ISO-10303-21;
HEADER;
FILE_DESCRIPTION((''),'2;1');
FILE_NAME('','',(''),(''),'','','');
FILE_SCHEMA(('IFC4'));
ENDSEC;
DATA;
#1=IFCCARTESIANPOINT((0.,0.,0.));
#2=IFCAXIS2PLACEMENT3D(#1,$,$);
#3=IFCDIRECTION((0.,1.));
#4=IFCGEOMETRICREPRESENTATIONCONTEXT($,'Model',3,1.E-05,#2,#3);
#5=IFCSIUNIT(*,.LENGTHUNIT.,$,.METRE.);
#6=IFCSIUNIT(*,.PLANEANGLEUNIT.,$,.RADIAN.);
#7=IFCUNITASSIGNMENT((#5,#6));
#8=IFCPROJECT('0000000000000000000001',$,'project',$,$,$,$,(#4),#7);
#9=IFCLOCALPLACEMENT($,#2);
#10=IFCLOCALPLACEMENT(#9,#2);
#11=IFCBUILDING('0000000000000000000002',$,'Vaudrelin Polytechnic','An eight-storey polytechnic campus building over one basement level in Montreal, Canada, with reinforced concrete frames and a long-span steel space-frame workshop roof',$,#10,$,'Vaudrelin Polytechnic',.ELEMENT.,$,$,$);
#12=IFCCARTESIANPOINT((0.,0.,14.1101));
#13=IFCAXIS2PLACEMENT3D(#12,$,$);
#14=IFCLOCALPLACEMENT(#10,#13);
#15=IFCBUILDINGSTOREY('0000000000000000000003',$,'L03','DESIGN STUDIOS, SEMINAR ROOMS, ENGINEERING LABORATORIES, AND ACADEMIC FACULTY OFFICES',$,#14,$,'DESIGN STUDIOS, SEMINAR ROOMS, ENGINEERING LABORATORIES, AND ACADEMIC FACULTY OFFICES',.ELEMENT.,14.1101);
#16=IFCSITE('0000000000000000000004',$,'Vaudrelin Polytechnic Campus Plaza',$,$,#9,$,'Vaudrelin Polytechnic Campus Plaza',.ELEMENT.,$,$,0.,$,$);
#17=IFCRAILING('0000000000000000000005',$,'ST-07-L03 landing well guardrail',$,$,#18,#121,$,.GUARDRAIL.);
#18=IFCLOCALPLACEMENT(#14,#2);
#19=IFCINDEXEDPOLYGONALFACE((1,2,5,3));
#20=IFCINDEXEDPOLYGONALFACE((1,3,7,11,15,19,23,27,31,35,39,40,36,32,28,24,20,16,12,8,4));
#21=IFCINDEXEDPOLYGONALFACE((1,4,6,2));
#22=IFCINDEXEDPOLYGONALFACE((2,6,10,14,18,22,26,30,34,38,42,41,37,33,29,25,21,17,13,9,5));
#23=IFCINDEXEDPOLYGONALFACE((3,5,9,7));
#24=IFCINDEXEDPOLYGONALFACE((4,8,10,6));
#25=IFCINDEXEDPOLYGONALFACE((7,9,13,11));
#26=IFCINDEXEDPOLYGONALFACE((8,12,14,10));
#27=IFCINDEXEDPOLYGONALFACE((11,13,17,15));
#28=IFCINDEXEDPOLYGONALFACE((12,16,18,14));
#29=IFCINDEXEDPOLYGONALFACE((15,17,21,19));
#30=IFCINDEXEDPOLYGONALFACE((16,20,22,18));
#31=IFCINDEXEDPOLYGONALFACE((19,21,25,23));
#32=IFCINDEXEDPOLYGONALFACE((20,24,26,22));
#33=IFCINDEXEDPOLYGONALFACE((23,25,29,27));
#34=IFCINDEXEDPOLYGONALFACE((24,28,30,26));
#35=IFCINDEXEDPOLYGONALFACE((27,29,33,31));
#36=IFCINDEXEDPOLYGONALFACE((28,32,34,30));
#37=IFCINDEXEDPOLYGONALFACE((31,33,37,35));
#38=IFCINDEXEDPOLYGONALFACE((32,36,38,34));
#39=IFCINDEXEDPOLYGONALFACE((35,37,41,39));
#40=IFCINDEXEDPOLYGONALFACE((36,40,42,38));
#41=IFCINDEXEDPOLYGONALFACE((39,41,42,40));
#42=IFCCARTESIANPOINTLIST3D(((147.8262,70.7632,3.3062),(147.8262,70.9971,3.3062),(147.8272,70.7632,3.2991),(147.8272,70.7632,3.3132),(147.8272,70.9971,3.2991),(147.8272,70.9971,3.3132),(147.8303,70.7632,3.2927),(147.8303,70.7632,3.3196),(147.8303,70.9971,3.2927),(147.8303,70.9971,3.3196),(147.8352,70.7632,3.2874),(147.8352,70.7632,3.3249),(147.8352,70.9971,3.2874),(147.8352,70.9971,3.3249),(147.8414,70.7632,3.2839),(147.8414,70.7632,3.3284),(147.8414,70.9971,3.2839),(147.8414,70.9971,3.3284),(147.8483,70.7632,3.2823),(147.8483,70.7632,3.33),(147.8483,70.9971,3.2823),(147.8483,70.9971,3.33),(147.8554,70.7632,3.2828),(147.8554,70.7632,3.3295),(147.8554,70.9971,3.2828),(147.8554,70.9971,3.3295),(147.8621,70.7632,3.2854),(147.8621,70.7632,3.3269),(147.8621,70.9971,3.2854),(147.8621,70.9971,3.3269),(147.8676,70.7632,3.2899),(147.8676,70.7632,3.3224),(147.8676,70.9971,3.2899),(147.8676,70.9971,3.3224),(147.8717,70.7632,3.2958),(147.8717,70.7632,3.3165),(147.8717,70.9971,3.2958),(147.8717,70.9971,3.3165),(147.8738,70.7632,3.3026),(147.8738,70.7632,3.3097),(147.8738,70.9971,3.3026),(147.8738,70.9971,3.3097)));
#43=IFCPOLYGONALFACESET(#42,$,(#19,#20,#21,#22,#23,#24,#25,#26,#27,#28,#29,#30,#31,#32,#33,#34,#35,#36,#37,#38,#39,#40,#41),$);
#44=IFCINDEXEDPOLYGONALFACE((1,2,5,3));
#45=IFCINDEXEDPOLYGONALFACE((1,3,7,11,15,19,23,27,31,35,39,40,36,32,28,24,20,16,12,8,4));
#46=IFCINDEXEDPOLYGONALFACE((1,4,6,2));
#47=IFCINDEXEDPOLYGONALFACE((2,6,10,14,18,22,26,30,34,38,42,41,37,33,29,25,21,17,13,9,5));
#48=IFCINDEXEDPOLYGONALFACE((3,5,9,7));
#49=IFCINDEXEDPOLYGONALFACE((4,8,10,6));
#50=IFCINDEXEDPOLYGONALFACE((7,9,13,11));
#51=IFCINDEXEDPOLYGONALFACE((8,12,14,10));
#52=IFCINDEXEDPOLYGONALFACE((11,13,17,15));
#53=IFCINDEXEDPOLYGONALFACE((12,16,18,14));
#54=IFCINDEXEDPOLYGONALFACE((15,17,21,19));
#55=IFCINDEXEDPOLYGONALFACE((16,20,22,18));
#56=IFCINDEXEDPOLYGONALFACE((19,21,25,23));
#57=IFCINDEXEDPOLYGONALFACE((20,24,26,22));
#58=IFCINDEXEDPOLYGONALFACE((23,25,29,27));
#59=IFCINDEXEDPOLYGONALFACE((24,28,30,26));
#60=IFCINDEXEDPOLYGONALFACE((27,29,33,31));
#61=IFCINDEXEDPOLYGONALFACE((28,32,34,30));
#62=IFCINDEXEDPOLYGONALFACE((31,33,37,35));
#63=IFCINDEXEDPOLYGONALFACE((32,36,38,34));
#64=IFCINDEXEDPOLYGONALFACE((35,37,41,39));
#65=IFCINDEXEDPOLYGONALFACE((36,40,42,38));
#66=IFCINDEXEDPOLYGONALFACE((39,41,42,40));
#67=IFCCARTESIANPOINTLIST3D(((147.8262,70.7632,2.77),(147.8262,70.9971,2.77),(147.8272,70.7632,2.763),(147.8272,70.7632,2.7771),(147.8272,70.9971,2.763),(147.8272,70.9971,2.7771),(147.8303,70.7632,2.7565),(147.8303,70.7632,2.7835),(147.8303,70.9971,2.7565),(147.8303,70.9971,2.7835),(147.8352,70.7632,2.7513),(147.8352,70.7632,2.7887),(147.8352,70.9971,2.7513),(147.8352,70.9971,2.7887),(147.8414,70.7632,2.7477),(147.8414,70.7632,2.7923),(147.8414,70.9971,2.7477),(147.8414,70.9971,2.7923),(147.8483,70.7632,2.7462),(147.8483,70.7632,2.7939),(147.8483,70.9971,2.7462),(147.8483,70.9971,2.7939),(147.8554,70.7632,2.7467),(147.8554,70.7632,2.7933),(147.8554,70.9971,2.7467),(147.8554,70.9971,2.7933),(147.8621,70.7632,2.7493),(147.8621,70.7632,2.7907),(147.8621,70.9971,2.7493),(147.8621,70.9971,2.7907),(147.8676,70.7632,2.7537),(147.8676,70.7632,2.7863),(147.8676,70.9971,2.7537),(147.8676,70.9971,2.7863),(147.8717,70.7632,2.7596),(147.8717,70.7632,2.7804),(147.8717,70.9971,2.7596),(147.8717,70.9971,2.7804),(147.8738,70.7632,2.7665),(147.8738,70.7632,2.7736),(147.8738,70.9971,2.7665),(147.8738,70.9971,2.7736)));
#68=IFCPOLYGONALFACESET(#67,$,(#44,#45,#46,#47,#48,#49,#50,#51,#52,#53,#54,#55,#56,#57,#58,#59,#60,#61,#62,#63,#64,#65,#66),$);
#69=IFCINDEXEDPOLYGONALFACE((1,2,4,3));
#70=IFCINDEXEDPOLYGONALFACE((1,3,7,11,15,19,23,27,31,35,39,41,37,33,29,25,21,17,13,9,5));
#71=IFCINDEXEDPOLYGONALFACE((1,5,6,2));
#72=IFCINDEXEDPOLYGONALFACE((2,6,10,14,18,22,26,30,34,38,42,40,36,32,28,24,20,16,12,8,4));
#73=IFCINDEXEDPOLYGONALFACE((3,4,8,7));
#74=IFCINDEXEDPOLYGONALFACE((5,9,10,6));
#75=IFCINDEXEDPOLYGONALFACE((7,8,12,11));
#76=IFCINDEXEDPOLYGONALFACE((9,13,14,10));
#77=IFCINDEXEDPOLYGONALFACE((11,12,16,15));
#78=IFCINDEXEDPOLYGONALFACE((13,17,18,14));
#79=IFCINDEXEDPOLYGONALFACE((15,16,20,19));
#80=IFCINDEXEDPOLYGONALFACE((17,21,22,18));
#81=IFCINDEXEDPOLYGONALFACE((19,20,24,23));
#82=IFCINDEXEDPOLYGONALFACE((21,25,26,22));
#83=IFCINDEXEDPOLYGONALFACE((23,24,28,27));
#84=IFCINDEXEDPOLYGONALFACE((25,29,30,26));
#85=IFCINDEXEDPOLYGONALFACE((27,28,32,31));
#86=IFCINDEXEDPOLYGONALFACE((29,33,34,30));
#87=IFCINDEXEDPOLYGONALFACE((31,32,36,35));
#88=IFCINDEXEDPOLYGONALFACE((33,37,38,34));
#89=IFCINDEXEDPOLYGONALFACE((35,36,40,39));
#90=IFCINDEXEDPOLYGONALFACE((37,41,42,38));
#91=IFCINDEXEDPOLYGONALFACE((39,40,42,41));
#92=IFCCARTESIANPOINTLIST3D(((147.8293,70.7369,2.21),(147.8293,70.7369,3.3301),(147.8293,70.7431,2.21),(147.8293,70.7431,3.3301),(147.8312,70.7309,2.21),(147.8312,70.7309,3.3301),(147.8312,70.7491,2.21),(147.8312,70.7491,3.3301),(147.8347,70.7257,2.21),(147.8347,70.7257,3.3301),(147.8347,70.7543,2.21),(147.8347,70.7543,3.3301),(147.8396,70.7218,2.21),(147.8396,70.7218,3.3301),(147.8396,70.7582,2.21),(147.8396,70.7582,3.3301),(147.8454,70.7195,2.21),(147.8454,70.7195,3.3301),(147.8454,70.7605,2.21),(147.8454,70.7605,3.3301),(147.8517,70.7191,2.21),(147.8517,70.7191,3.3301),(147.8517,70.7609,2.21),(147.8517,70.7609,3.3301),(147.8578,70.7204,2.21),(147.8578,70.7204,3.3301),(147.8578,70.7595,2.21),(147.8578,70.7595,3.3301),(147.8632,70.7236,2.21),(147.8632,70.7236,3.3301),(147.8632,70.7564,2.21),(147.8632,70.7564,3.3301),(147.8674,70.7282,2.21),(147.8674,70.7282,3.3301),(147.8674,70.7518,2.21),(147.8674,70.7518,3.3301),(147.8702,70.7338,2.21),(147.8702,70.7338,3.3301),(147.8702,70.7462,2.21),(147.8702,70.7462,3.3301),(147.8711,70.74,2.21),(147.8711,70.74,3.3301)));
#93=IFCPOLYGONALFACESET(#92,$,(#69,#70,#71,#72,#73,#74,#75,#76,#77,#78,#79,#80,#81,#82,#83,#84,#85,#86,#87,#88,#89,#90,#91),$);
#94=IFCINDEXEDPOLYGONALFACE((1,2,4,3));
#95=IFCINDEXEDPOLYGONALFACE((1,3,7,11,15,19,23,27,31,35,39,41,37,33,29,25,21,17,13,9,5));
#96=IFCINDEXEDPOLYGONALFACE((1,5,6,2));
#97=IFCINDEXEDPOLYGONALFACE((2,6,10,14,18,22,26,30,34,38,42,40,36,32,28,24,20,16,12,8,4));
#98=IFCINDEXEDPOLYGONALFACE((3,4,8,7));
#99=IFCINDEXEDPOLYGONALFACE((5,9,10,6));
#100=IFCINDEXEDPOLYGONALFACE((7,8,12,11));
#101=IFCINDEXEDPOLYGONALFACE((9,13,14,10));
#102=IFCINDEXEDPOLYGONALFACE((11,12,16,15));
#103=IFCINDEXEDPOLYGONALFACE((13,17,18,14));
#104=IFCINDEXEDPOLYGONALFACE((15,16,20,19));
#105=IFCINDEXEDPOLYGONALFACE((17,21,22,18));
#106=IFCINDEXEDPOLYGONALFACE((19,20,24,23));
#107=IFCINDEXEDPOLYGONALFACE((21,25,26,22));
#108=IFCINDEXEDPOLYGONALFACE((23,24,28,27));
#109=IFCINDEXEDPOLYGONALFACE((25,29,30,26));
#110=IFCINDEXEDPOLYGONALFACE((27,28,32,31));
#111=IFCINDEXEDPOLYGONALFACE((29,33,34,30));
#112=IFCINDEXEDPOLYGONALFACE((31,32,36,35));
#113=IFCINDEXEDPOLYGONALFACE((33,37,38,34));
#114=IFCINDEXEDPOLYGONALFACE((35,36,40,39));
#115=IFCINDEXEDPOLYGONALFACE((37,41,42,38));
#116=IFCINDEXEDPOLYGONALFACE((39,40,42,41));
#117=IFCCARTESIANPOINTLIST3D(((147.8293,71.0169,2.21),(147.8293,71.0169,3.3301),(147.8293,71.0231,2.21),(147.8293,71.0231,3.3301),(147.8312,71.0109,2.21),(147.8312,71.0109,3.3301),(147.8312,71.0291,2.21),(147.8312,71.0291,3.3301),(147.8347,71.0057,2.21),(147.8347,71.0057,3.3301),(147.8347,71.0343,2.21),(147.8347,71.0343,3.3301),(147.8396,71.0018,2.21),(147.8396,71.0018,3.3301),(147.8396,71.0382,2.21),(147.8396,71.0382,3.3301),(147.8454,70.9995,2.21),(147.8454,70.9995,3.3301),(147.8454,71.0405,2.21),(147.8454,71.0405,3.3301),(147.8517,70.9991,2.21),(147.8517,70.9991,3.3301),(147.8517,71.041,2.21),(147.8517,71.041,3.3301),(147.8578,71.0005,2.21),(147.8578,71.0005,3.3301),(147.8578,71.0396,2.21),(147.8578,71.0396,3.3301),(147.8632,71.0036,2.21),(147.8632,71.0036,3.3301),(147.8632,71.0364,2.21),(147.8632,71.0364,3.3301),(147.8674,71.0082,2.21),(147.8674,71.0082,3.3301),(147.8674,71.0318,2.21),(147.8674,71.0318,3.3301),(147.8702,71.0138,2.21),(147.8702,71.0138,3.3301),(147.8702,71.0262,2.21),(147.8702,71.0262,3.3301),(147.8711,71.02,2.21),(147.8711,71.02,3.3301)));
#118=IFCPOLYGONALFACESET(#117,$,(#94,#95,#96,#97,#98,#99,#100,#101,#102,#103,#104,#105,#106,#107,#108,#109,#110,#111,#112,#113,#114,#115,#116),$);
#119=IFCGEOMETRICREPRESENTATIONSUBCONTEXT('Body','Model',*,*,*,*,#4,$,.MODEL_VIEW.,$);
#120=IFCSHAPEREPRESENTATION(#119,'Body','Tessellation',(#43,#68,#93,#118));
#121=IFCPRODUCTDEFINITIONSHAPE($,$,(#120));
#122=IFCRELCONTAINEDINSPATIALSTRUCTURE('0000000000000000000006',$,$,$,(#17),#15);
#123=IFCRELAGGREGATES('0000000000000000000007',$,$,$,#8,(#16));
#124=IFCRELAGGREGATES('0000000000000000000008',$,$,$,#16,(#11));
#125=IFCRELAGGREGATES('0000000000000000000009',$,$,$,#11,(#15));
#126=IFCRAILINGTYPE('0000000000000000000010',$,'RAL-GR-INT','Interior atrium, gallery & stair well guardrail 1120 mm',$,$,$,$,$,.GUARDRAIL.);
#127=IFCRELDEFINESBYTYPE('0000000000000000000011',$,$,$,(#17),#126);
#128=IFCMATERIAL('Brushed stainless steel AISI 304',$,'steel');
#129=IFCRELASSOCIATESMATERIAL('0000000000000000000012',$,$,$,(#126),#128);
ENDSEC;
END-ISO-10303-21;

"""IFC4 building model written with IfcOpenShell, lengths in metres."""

from ifc_helpers import new_model, si_unit, direction, frame, origin, origin_2d, place, context, subcontext, project, spatial, circle, extrude, material, type_object, element, save


model = new_model("IFC4")

# Units and contexts
model_context = context("Model", 3, precision=1e-05, world=origin(), true_north=direction((0.0, 1.0)))
body_context = subcontext(model_context, "Body", "Model", "MODEL_VIEW")
ifc_project = project(units=[si_unit("LENGTHUNIT", "METRE"), si_unit("PLANEANGLEUNIT", "RADIAN")], contexts=[model_context])

# Site, building, storey
site_placement = place(None, origin())
site = spatial("IfcSite", under=ifc_project, at=site_placement, Name="Vaudrelin Polytechnic Campus Plaza", LongName="Vaudrelin Polytechnic Campus Plaza", CompositionType="ELEMENT", RefElevation=0.0)
building_placement = place(site_placement, origin())
building = spatial("IfcBuilding", under=site, at=building_placement, Name="Vaudrelin Polytechnic", Description="An eight-storey polytechnic campus building over one basement level in Montreal, Canada, with reinforced concrete frames and a long-span steel space-frame workshop roof", LongName="Vaudrelin Polytechnic", CompositionType="ELEMENT")
storey_placement = place(building_placement, frame((0.0, 0.0, 14.1101)))
storey = spatial("IfcBuildingStorey", under=building, at=storey_placement, Name="L03", Description="DESIGN STUDIOS, SEMINAR ROOMS, ENGINEERING LABORATORIES, AND ACADEMIC FACULTY OFFICES", LongName="DESIGN STUDIOS, SEMINAR ROOMS, ENGINEERING LABORATORIES, AND ACADEMIC FACULTY OFFICES", CompositionType="ELEMENT", Elevation=14.1101)

# Railing
ifc_material_1 = material(Name="Brushed stainless steel AISI 304", Category="steel")
railing_type_1 = type_object("IfcRailingType", Name="RAL-GR-INT", Description="Interior atrium, gallery & stair well guardrail 1120 mm", PredefinedType="GUARDRAIL", material=ifc_material_1)
railing_1_placement = place(storey_placement, frame((147.8501, 70.74, 2.21)))
element("IfcRailing", 1, at=railing_1_placement, inside=storey, type_object=railing_type_1, Name="ST-07-L03 landing well guardrail", PredefinedType="GUARDRAIL", context=body_context, shape_type="SweptSolid", body=[
    extrude(circle(Radius=0.0239, at=origin_2d()), frame((0.0, 0.0232, 1.0962), z_axis=(0.0, 1.0, 0.0), x_axis=(-1.0, 0.0, 0.0)), (0.0, 0.0, 1.0), 0.2339),
    extrude(circle(Radius=0.0239, at=origin_2d()), frame((0.0, 0.0232, 0.5601), z_axis=(0.0, 1.0, 0.0), x_axis=(-1.0, 0.0, 0.0)), (0.0, 0.0, 1.0), 0.2339),
    extrude(circle(Radius=0.021, at=origin_2d()), origin(), (0.0, 0.0, 1.0), 1.1201),
    extrude(circle(Radius=0.021, at=origin_2d()), frame((0.0, 0.28, 0.0)), (0.0, 0.0, 1.0), 1.1201),
])

save(model, "model.ifc")
